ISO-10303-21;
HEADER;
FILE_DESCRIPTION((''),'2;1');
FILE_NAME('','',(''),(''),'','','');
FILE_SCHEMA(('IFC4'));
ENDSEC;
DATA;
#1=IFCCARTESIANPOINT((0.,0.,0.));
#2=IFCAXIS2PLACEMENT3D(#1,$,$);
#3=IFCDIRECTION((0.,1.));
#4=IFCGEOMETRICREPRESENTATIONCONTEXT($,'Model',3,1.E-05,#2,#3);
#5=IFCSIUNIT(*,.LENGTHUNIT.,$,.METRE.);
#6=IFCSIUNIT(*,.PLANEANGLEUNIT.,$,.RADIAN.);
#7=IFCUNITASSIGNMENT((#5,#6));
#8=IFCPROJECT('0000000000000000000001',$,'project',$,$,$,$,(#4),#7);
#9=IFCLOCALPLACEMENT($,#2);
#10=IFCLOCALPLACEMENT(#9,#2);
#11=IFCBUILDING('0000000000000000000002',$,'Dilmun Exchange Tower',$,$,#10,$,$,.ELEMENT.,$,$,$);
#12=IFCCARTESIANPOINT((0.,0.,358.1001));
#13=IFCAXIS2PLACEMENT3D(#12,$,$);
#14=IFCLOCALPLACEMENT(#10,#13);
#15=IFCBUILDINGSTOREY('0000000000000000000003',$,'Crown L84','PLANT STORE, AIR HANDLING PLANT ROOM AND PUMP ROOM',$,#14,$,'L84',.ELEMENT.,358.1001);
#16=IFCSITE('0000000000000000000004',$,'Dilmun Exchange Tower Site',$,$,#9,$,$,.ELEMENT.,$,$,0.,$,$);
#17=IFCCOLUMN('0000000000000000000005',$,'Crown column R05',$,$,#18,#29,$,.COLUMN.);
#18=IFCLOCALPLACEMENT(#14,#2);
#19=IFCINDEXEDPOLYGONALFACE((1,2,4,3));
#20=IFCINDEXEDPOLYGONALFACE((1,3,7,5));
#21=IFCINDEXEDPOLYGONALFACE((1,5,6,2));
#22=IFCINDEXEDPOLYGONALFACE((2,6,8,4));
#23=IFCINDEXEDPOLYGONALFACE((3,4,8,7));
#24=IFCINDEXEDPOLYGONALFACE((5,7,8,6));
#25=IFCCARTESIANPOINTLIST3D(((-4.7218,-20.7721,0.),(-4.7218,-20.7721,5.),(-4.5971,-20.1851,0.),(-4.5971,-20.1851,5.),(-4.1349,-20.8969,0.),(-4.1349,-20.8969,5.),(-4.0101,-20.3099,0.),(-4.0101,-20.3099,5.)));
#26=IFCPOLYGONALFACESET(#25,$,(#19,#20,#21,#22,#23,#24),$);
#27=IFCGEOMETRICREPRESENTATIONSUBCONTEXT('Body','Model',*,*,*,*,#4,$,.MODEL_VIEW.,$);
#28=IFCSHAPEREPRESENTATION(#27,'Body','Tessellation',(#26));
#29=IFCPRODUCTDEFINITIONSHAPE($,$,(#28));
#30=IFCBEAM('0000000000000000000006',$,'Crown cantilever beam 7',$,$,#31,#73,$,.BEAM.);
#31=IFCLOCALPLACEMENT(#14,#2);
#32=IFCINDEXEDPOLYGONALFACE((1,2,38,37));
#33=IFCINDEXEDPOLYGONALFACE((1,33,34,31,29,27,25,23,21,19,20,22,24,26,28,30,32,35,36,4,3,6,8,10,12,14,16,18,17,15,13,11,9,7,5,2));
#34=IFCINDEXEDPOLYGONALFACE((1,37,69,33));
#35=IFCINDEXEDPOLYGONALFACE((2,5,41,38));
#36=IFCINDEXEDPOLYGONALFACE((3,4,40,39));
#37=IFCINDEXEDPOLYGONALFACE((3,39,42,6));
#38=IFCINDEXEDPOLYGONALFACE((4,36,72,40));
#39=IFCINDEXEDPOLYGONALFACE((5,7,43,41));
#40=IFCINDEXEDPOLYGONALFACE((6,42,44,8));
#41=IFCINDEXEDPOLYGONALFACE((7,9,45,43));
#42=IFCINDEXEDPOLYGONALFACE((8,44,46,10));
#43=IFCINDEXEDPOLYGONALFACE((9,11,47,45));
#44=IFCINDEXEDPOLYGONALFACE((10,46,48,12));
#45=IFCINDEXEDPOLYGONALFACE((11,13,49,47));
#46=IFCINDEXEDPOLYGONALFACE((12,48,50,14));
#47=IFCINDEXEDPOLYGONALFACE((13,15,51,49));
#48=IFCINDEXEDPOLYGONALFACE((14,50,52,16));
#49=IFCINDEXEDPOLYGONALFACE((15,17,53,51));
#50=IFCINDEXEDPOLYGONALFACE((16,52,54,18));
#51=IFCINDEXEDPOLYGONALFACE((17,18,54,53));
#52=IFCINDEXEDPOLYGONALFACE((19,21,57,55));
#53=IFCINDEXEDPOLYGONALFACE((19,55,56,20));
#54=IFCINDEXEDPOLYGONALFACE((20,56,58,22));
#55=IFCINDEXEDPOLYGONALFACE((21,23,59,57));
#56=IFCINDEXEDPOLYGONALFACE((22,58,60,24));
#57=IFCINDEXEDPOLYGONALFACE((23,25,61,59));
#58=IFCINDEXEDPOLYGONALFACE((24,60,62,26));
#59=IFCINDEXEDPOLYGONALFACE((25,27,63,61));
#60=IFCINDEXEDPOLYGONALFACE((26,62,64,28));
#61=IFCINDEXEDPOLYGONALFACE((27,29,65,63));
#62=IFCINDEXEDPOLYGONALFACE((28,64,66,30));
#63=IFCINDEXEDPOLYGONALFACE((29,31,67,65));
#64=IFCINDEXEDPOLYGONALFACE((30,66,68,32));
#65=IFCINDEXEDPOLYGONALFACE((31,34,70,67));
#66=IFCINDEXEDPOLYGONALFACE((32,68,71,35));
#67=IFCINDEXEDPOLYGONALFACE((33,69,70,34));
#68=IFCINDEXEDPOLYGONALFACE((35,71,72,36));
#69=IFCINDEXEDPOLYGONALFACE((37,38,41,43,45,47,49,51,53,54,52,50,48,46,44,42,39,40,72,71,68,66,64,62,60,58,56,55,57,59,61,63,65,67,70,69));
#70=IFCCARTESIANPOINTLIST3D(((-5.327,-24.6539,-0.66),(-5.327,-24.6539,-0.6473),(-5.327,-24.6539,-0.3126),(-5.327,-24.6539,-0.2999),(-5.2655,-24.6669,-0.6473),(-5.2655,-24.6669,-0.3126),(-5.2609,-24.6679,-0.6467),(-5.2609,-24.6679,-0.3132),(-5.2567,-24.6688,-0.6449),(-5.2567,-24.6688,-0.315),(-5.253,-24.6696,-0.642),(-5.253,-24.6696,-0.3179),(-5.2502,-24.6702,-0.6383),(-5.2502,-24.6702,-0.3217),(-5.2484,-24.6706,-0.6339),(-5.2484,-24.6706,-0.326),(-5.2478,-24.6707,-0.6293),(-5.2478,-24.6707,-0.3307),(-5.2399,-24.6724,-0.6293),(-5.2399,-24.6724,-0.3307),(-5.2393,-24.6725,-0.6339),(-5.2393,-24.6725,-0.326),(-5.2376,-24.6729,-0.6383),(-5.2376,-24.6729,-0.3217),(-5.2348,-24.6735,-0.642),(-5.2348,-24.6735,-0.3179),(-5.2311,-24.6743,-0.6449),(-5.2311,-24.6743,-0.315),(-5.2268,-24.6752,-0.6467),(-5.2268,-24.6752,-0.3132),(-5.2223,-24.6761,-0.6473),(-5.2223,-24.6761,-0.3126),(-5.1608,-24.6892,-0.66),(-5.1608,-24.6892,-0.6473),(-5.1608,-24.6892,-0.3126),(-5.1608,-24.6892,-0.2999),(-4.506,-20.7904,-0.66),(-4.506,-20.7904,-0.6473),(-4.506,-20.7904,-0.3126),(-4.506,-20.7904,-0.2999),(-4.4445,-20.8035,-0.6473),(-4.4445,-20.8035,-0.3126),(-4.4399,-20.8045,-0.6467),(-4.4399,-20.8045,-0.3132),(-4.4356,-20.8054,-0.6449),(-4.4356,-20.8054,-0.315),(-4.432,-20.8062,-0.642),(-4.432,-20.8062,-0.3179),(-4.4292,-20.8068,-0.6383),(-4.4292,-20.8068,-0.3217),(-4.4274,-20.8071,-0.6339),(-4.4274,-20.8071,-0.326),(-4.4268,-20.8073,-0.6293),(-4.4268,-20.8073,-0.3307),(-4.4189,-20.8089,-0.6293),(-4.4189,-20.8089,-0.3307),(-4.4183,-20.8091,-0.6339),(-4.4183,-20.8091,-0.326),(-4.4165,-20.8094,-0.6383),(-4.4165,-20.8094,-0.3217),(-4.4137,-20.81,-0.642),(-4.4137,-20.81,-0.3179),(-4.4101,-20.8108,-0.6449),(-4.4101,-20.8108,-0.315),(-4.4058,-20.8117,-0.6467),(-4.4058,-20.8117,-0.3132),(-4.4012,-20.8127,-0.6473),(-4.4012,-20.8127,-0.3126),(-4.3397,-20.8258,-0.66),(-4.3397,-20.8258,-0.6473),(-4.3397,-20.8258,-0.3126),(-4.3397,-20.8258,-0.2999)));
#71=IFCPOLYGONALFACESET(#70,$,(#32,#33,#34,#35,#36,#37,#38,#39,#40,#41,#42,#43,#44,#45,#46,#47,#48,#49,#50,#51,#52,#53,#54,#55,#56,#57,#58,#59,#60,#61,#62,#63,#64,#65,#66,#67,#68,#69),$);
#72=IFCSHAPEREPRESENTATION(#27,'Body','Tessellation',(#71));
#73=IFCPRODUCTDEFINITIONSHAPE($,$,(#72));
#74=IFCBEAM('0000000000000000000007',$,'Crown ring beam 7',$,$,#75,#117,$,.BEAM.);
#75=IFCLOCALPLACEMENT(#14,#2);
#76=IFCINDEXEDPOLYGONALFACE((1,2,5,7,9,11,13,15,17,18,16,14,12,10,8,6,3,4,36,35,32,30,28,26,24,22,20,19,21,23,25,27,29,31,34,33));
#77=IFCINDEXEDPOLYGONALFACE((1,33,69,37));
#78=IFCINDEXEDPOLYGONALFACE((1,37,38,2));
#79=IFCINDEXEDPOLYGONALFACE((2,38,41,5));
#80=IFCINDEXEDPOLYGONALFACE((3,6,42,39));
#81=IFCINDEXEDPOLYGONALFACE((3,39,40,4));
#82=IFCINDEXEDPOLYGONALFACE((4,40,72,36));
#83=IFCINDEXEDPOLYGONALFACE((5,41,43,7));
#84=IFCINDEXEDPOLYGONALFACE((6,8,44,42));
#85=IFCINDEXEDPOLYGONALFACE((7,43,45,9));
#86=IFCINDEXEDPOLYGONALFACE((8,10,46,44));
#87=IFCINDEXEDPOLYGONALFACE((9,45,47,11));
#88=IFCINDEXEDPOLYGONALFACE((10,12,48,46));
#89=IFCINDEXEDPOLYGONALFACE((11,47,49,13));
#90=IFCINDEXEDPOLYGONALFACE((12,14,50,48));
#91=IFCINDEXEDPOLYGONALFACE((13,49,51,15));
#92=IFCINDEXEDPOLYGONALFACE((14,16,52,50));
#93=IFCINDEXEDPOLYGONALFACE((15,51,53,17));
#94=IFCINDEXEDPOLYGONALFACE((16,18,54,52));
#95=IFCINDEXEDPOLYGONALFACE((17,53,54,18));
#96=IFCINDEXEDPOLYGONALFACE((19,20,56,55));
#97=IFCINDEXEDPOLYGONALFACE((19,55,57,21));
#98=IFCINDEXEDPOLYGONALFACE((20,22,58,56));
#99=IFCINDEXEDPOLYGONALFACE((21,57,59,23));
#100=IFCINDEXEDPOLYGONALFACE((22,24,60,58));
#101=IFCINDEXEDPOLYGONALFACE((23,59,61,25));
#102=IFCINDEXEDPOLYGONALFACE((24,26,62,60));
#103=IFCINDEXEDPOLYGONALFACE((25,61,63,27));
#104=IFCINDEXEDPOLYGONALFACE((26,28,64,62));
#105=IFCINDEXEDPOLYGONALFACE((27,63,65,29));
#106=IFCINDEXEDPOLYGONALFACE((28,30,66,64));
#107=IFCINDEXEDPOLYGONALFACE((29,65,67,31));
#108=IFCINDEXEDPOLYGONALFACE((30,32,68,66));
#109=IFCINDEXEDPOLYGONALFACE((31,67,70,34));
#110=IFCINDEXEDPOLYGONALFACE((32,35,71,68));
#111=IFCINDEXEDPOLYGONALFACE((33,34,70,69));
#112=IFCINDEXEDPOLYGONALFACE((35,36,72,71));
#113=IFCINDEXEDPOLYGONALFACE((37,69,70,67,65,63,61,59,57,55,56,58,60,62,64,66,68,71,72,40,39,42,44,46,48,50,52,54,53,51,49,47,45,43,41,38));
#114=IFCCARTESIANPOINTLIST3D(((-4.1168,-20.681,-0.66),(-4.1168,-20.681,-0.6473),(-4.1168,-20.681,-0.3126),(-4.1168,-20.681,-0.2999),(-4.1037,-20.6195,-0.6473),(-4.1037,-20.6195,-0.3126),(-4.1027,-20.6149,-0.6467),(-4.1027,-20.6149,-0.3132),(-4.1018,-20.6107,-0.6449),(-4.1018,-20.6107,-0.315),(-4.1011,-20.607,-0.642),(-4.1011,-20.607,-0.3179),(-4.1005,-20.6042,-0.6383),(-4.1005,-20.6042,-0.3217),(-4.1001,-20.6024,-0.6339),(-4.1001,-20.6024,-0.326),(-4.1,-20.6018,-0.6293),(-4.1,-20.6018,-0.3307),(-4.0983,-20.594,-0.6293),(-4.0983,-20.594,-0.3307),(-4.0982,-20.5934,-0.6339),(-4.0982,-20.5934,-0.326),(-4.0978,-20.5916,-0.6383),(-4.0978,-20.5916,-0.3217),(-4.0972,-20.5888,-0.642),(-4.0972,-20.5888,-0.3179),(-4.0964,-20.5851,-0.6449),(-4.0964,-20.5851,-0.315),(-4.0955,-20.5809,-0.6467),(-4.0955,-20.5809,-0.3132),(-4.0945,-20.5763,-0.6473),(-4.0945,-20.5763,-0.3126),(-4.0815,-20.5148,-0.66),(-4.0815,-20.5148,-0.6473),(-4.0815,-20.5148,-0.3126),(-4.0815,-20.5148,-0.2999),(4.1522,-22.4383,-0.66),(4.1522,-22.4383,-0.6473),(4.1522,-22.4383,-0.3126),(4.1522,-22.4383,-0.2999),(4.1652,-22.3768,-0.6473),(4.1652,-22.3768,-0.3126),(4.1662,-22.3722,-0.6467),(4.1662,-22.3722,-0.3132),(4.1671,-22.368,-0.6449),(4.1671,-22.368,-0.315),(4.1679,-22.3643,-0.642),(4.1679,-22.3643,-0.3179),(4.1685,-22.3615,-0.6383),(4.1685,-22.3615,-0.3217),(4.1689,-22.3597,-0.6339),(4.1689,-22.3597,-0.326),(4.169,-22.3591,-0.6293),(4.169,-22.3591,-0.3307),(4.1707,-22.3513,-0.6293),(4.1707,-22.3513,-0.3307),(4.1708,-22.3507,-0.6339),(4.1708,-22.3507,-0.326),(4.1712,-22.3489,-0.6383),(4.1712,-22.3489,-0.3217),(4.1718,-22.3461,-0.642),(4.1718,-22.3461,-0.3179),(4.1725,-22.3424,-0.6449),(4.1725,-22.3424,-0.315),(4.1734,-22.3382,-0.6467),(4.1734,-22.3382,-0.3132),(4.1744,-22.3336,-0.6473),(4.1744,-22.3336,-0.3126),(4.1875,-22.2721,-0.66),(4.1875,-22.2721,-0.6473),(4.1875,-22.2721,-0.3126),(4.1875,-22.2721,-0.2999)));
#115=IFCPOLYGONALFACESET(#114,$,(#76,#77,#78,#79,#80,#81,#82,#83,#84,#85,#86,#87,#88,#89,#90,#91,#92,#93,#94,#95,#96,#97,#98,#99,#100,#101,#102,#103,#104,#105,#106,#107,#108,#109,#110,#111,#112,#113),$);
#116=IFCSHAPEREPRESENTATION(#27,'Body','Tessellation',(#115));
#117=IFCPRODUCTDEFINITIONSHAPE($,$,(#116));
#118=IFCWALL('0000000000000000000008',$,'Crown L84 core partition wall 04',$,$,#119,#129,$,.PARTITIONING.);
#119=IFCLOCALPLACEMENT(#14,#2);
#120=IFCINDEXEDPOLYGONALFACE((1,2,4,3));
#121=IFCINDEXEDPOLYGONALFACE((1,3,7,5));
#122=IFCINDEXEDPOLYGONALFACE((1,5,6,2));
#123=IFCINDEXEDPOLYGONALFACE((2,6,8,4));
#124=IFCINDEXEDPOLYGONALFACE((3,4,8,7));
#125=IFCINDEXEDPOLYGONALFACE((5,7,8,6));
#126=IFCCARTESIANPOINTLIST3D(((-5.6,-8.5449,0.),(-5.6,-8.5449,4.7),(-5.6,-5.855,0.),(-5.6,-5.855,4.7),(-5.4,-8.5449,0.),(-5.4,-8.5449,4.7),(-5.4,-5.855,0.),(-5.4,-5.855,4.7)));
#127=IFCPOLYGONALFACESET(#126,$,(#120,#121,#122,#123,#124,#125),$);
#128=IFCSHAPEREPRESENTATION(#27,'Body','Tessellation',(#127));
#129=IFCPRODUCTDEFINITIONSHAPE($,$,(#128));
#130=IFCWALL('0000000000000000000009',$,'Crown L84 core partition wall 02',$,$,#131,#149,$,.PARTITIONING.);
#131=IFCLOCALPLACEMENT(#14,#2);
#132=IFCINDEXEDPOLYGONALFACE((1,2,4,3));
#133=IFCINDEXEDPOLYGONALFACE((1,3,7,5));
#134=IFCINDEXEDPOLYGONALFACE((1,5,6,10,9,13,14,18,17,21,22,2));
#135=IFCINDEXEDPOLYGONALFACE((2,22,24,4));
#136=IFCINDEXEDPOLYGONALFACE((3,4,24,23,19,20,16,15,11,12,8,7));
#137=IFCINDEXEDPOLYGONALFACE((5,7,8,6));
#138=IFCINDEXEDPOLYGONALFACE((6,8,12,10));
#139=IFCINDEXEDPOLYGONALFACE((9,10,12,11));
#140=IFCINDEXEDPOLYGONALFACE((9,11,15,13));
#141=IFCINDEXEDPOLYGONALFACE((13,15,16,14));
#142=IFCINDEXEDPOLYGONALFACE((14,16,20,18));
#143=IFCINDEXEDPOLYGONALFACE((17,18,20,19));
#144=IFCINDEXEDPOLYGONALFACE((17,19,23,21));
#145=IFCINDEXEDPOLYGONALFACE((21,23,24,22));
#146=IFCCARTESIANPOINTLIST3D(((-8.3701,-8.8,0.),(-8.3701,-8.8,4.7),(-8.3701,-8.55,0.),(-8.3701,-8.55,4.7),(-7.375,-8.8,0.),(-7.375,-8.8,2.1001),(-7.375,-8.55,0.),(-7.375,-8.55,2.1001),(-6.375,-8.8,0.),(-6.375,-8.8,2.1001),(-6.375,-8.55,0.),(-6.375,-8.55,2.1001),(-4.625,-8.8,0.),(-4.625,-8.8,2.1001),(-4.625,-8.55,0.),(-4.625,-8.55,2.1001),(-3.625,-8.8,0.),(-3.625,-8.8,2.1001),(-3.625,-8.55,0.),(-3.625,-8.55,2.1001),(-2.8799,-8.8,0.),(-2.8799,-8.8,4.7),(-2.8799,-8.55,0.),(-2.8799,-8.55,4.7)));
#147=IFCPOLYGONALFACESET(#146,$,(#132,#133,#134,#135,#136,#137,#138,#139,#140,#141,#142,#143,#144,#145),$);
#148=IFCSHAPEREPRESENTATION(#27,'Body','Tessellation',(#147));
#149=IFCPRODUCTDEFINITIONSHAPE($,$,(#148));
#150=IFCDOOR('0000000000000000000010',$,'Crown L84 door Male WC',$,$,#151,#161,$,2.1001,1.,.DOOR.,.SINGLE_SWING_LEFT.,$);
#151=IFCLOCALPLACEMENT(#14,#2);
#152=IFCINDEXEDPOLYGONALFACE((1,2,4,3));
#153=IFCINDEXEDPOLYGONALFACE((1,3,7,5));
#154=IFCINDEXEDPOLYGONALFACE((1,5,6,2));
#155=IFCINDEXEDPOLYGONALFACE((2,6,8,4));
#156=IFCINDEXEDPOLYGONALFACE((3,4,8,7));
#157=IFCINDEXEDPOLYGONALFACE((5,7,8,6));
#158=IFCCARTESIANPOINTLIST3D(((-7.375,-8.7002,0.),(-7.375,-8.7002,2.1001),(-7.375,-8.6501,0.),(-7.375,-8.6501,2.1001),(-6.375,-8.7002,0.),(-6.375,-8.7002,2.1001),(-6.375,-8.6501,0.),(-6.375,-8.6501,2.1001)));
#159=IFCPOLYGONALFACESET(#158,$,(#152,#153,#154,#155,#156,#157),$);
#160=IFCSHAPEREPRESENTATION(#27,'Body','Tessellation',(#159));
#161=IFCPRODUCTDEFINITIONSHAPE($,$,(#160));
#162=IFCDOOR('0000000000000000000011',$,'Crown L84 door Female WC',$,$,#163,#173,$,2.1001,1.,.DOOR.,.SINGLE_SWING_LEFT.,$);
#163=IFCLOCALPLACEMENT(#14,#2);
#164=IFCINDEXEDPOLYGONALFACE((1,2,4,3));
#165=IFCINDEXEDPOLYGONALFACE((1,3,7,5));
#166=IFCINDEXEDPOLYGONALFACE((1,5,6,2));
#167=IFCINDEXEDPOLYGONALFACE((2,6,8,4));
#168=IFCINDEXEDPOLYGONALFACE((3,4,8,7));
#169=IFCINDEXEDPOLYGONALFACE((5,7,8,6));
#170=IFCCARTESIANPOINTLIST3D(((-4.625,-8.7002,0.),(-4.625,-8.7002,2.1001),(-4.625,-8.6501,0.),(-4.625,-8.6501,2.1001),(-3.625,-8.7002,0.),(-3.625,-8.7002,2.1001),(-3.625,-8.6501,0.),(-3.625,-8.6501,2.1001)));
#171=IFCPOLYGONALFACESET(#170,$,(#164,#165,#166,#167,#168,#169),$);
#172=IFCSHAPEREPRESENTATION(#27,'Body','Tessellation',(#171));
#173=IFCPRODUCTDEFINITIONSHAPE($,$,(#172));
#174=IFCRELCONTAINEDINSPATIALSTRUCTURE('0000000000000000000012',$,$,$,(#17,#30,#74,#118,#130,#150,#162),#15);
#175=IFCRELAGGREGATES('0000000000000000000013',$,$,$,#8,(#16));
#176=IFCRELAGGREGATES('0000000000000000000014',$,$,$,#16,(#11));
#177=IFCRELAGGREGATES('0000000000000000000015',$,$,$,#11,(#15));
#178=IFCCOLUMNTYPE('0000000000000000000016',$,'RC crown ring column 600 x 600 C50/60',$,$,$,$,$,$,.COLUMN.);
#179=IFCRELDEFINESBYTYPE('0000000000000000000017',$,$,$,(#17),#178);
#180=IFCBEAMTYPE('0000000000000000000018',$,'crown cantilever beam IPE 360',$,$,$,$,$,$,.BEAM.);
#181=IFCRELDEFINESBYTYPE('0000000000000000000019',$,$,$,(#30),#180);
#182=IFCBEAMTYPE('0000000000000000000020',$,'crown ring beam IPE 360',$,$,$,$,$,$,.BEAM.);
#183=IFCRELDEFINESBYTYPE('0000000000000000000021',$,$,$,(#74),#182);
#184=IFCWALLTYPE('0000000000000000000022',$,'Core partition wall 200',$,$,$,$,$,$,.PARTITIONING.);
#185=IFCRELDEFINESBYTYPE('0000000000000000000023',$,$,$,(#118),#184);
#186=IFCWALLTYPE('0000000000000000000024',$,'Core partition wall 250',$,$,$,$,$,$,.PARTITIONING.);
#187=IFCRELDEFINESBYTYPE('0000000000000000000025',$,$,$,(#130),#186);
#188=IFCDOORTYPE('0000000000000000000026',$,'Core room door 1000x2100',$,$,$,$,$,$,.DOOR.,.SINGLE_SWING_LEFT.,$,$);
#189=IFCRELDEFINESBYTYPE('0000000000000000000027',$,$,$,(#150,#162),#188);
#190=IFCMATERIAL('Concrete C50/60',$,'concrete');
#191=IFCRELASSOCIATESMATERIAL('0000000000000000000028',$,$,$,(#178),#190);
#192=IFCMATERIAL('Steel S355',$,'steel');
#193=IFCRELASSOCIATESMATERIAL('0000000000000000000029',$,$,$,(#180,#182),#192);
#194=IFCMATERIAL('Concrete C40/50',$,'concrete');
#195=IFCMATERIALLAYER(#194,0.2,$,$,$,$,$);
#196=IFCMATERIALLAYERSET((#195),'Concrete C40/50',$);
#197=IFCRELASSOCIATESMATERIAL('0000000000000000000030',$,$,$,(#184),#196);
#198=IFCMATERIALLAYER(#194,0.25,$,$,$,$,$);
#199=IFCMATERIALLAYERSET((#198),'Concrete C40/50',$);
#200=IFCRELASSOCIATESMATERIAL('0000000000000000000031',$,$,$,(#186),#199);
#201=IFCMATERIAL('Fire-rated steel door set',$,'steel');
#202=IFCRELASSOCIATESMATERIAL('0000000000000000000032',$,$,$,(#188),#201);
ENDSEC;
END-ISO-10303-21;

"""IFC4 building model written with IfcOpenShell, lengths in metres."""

from ifc_helpers import new_model, si_unit, direction, frame, frame_2d, origin, origin_2d, place, context, subcontext, project, spatial, rectangle, i_section, extrude, material, layer, layer_set, material_profile, profile_set, type_object, element, fill, save


model = new_model("IFC4")

# Units and contexts
model_context = context("Model", 3, precision=1e-05, world=origin(), true_north=direction((0.0, 1.0)))
body_context = subcontext(model_context, "Body", "Model", "MODEL_VIEW")
ifc_project = project(units=[si_unit("LENGTHUNIT", "METRE"), si_unit("PLANEANGLEUNIT", "RADIAN")], contexts=[model_context])

# Site, building, storey
site_placement = place(None, origin())
site = spatial("IfcSite", under=ifc_project, at=site_placement, Name="Dilmun Exchange Tower Site", CompositionType="ELEMENT", RefElevation=0.0)
building_placement = place(site_placement, origin())
building = spatial("IfcBuilding", under=site, at=building_placement, Name="Dilmun Exchange Tower", CompositionType="ELEMENT")
storey_placement = place(building_placement, frame((0.0, 0.0, 358.1001)))
storey = spatial("IfcBuildingStorey", under=building, at=storey_placement, Name="Crown L84", Description="PLANT STORE, AIR HANDLING PLANT ROOM AND PUMP ROOM", LongName="L84", CompositionType="ELEMENT", Elevation=358.1001)

# Column
ifc_material_1 = material(Name="Concrete C50/60", Category="concrete")
ifc_material_profile_1 = material_profile(ifc_material_1, rectangle(XDim=0.6001, YDim=0.6001, at=origin_2d()), Name="600 x 600")
ifc_profile_set_1 = profile_set([ifc_material_profile_1], Name="Concrete C50/60")
column_type = type_object("IfcColumnType", Name="RC crown ring column 600 x 600 C50/60", PredefinedType="COLUMN", material=ifc_profile_set_1)
column_placement = place(storey_placement, frame((-4.366, -20.541, 0.0), z_axis=(0.0, 0.0, 1.0), x_axis=(0.207912, 0.978148, 0.0)))
element("IfcColumn", 1, at=column_placement, inside=storey, type_object=column_type, Name="Crown column R05", PredefinedType="COLUMN", context=body_context, shape_type="SweptSolid", body=[
    extrude(rectangle(XDim=0.6001, YDim=0.6001, at=origin_2d()), origin(), (0.0, 0.0, 1.0), 5.0),
])

# Beams
ifc_material_2 = material(Name="Steel S355", Category="steel")
ifc_material_profile_2 = material_profile(ifc_material_2, i_section(OverallWidth=0.1699, OverallDepth=0.3601, WebThickness=0.0081, FlangeThickness=0.0127, FilletRadius=0.0181, at=origin_2d()), Name="IPE 360")
ifc_profile_set_2 = profile_set([ifc_material_profile_2], Name="Steel S355")
beam_type_1 = type_object("IfcBeamType", Name="crown cantilever beam IPE 360", PredefinedType="BEAM", material=ifc_profile_set_2)
beam_1_placement = place(storey_placement, frame((-4.4229, -20.8081, -0.48), z_axis=(-0.20787, -0.978156, 0.0), x_axis=(0.978156, -0.20787, 0.0)))
element("IfcBeam", 2, at=beam_1_placement, inside=storey, type_object=beam_type_1, Name="Crown cantilever beam 7", PredefinedType="BEAM", context=body_context, shape_type="SweptSolid", body=[
    extrude(i_section(OverallWidth=0.1699, OverallDepth=0.3601, WebThickness=0.0081, FlangeThickness=0.0127, FilletRadius=0.0181, at=origin_2d()), origin(), (0.0, 0.0, 1.0), 3.9497),
])
ifc_material_profile_3 = material_profile(ifc_material_2, i_section(OverallWidth=0.1699, OverallDepth=0.3601, WebThickness=0.0081, FlangeThickness=0.0127, FilletRadius=0.0181, at=origin_2d()), Name="IPE 360")
ifc_profile_set_3 = profile_set([ifc_material_profile_3], Name="Steel S355")
beam_type_2 = type_object("IfcBeamType", Name="crown ring beam IPE 360", PredefinedType="BEAM", material=ifc_profile_set_3)
beam_2_placement = place(storey_placement, frame((-4.0991, -20.5979, -0.48), z_axis=(0.978155, -0.207876, 0.0), x_axis=(0.207876, 0.978155, 0.0)))
element("IfcBeam", 3, at=beam_2_placement, inside=storey, type_object=beam_type_2, Name="Crown ring beam 7", PredefinedType="BEAM", context=body_context, shape_type="SweptSolid", body=[
    extrude(i_section(OverallWidth=0.1699, OverallDepth=0.3601, WebThickness=0.0081, FlangeThickness=0.0127, FilletRadius=0.0181, at=origin_2d()), origin(), (0.0, 0.0, 1.0), 8.4536),
])

# Wall
ifc_material_3 = material(Name="Concrete C40/50", Category="concrete")
ifc_layer_1 = layer(ifc_material_3, 0.2)
ifc_layer_set_1 = layer_set([ifc_layer_1], Name="Concrete C40/50")
wall_type_1 = type_object("IfcWallType", Name="Core partition wall 200", PredefinedType="PARTITIONING", material=ifc_layer_set_1)
wall_1_placement = place(storey_placement, frame((-5.5, -8.5449, 0.0), z_axis=(0.0, 0.0, 1.0), x_axis=(0.0, 1.0, 0.0)))
element("IfcWall", 4, at=wall_1_placement, inside=storey, type_object=wall_type_1, Name="Crown L84 core partition wall 04", PredefinedType="PARTITIONING", context=body_context, shape_type="SweptSolid", body=[
    extrude(rectangle(XDim=2.6899, YDim=0.2, at=frame_2d((1.345, 0.0))), origin(), (0.0, 0.0, 1.0), 4.7),
])

# Wall, openings, doors
ifc_layer_2 = layer(ifc_material_3, 0.25)
ifc_layer_set_2 = layer_set([ifc_layer_2], Name="Concrete C40/50")
wall_type_2 = type_object("IfcWallType", Name="Core partition wall 250", PredefinedType="PARTITIONING", material=ifc_layer_set_2)
wall_2_placement = place(storey_placement, frame((-8.3701, -8.675, 0.0), z_axis=(0.0, 0.0, 1.0), x_axis=(1.0, 0.0, 0.0)))
wall_2 = element("IfcWall", 5, at=wall_2_placement, inside=storey, type_object=wall_type_2, Name="Crown L84 core partition wall 02", PredefinedType="PARTITIONING", context=body_context, shape_type="SweptSolid", body=[
    extrude(rectangle(XDim=5.4902, YDim=0.25, at=frame_2d((2.7451, 0.0))), origin(), (0.0, 0.0, 1.0), 4.7),
])
opening_1_placement = place(wall_2_placement, frame((0.9951, 0.0, 0.0)))
opening_1 = element("IfcOpeningElement", 6, at=opening_1_placement, cuts=wall_2, PredefinedType="OPENING", context=body_context, shape_type="SweptSolid", body=[
    extrude(rectangle(XDim=1.0, YDim=2.1001, at=frame_2d((0.5, 1.05))), frame((0.0, 0.135, 0.0), z_axis=(0.0, -1.0, 0.0), x_axis=(1.0, 0.0, 0.0)), (0.0, 0.0, 1.0), 0.27),
])
opening_2_placement = place(wall_2_placement, frame((3.7451, 0.0, 0.0)))
opening_2 = element("IfcOpeningElement", 7, at=opening_2_placement, cuts=wall_2, PredefinedType="OPENING", context=body_context, shape_type="SweptSolid", body=[
    extrude(rectangle(XDim=1.0, YDim=2.1001, at=frame_2d((0.5, 1.05))), frame((0.0, 0.135, 0.0), z_axis=(0.0, -1.0, 0.0), x_axis=(1.0, 0.0, 0.0)), (0.0, 0.0, 1.0), 0.27),
])
ifc_material_4 = material(Name="Fire-rated steel door set", Category="steel")
door_type_1 = type_object("IfcDoorType", Name="Core room door 1000x2100", OperationType="SINGLE_SWING_LEFT", PredefinedType="DOOR", material=ifc_material_4)
door_1_placement = place(opening_1_placement, origin())
door_1 = element("IfcDoor", 8, at=door_1_placement, inside=storey, type_object=door_type_1, Name="Crown L84 door Male WC", OperationType="SINGLE_SWING_LEFT", OverallHeight=2.1001, OverallWidth=1.0, PredefinedType="DOOR", context=body_context, shape_type="SweptSolid", body=[
    extrude(rectangle(XDim=1.0, YDim=2.1001, at=frame_2d((0.5, 1.05))), frame((0.0, 0.0249, 0.0), z_axis=(0.0, -1.0, 0.0), x_axis=(1.0, 0.0, 0.0)), (0.0, 0.0, 1.0), 0.05),
])
fill(opening_1, door_1)
door_2_placement = place(opening_2_placement, origin())
door_2 = element("IfcDoor", 9, at=door_2_placement, inside=storey, type_object=door_type_1, Name="Crown L84 door Female WC", OperationType="SINGLE_SWING_LEFT", OverallHeight=2.1001, OverallWidth=1.0, PredefinedType="DOOR", context=body_context, shape_type="SweptSolid", body=[
    extrude(rectangle(XDim=1.0, YDim=2.1001, at=frame_2d((0.5, 1.05))), frame((0.0, 0.0249, 0.0), z_axis=(0.0, -1.0, 0.0), x_axis=(1.0, 0.0, 0.0)), (0.0, 0.0, 1.0), 0.05),
])
fill(opening_2, door_2)

save(model, "model.ifc")
